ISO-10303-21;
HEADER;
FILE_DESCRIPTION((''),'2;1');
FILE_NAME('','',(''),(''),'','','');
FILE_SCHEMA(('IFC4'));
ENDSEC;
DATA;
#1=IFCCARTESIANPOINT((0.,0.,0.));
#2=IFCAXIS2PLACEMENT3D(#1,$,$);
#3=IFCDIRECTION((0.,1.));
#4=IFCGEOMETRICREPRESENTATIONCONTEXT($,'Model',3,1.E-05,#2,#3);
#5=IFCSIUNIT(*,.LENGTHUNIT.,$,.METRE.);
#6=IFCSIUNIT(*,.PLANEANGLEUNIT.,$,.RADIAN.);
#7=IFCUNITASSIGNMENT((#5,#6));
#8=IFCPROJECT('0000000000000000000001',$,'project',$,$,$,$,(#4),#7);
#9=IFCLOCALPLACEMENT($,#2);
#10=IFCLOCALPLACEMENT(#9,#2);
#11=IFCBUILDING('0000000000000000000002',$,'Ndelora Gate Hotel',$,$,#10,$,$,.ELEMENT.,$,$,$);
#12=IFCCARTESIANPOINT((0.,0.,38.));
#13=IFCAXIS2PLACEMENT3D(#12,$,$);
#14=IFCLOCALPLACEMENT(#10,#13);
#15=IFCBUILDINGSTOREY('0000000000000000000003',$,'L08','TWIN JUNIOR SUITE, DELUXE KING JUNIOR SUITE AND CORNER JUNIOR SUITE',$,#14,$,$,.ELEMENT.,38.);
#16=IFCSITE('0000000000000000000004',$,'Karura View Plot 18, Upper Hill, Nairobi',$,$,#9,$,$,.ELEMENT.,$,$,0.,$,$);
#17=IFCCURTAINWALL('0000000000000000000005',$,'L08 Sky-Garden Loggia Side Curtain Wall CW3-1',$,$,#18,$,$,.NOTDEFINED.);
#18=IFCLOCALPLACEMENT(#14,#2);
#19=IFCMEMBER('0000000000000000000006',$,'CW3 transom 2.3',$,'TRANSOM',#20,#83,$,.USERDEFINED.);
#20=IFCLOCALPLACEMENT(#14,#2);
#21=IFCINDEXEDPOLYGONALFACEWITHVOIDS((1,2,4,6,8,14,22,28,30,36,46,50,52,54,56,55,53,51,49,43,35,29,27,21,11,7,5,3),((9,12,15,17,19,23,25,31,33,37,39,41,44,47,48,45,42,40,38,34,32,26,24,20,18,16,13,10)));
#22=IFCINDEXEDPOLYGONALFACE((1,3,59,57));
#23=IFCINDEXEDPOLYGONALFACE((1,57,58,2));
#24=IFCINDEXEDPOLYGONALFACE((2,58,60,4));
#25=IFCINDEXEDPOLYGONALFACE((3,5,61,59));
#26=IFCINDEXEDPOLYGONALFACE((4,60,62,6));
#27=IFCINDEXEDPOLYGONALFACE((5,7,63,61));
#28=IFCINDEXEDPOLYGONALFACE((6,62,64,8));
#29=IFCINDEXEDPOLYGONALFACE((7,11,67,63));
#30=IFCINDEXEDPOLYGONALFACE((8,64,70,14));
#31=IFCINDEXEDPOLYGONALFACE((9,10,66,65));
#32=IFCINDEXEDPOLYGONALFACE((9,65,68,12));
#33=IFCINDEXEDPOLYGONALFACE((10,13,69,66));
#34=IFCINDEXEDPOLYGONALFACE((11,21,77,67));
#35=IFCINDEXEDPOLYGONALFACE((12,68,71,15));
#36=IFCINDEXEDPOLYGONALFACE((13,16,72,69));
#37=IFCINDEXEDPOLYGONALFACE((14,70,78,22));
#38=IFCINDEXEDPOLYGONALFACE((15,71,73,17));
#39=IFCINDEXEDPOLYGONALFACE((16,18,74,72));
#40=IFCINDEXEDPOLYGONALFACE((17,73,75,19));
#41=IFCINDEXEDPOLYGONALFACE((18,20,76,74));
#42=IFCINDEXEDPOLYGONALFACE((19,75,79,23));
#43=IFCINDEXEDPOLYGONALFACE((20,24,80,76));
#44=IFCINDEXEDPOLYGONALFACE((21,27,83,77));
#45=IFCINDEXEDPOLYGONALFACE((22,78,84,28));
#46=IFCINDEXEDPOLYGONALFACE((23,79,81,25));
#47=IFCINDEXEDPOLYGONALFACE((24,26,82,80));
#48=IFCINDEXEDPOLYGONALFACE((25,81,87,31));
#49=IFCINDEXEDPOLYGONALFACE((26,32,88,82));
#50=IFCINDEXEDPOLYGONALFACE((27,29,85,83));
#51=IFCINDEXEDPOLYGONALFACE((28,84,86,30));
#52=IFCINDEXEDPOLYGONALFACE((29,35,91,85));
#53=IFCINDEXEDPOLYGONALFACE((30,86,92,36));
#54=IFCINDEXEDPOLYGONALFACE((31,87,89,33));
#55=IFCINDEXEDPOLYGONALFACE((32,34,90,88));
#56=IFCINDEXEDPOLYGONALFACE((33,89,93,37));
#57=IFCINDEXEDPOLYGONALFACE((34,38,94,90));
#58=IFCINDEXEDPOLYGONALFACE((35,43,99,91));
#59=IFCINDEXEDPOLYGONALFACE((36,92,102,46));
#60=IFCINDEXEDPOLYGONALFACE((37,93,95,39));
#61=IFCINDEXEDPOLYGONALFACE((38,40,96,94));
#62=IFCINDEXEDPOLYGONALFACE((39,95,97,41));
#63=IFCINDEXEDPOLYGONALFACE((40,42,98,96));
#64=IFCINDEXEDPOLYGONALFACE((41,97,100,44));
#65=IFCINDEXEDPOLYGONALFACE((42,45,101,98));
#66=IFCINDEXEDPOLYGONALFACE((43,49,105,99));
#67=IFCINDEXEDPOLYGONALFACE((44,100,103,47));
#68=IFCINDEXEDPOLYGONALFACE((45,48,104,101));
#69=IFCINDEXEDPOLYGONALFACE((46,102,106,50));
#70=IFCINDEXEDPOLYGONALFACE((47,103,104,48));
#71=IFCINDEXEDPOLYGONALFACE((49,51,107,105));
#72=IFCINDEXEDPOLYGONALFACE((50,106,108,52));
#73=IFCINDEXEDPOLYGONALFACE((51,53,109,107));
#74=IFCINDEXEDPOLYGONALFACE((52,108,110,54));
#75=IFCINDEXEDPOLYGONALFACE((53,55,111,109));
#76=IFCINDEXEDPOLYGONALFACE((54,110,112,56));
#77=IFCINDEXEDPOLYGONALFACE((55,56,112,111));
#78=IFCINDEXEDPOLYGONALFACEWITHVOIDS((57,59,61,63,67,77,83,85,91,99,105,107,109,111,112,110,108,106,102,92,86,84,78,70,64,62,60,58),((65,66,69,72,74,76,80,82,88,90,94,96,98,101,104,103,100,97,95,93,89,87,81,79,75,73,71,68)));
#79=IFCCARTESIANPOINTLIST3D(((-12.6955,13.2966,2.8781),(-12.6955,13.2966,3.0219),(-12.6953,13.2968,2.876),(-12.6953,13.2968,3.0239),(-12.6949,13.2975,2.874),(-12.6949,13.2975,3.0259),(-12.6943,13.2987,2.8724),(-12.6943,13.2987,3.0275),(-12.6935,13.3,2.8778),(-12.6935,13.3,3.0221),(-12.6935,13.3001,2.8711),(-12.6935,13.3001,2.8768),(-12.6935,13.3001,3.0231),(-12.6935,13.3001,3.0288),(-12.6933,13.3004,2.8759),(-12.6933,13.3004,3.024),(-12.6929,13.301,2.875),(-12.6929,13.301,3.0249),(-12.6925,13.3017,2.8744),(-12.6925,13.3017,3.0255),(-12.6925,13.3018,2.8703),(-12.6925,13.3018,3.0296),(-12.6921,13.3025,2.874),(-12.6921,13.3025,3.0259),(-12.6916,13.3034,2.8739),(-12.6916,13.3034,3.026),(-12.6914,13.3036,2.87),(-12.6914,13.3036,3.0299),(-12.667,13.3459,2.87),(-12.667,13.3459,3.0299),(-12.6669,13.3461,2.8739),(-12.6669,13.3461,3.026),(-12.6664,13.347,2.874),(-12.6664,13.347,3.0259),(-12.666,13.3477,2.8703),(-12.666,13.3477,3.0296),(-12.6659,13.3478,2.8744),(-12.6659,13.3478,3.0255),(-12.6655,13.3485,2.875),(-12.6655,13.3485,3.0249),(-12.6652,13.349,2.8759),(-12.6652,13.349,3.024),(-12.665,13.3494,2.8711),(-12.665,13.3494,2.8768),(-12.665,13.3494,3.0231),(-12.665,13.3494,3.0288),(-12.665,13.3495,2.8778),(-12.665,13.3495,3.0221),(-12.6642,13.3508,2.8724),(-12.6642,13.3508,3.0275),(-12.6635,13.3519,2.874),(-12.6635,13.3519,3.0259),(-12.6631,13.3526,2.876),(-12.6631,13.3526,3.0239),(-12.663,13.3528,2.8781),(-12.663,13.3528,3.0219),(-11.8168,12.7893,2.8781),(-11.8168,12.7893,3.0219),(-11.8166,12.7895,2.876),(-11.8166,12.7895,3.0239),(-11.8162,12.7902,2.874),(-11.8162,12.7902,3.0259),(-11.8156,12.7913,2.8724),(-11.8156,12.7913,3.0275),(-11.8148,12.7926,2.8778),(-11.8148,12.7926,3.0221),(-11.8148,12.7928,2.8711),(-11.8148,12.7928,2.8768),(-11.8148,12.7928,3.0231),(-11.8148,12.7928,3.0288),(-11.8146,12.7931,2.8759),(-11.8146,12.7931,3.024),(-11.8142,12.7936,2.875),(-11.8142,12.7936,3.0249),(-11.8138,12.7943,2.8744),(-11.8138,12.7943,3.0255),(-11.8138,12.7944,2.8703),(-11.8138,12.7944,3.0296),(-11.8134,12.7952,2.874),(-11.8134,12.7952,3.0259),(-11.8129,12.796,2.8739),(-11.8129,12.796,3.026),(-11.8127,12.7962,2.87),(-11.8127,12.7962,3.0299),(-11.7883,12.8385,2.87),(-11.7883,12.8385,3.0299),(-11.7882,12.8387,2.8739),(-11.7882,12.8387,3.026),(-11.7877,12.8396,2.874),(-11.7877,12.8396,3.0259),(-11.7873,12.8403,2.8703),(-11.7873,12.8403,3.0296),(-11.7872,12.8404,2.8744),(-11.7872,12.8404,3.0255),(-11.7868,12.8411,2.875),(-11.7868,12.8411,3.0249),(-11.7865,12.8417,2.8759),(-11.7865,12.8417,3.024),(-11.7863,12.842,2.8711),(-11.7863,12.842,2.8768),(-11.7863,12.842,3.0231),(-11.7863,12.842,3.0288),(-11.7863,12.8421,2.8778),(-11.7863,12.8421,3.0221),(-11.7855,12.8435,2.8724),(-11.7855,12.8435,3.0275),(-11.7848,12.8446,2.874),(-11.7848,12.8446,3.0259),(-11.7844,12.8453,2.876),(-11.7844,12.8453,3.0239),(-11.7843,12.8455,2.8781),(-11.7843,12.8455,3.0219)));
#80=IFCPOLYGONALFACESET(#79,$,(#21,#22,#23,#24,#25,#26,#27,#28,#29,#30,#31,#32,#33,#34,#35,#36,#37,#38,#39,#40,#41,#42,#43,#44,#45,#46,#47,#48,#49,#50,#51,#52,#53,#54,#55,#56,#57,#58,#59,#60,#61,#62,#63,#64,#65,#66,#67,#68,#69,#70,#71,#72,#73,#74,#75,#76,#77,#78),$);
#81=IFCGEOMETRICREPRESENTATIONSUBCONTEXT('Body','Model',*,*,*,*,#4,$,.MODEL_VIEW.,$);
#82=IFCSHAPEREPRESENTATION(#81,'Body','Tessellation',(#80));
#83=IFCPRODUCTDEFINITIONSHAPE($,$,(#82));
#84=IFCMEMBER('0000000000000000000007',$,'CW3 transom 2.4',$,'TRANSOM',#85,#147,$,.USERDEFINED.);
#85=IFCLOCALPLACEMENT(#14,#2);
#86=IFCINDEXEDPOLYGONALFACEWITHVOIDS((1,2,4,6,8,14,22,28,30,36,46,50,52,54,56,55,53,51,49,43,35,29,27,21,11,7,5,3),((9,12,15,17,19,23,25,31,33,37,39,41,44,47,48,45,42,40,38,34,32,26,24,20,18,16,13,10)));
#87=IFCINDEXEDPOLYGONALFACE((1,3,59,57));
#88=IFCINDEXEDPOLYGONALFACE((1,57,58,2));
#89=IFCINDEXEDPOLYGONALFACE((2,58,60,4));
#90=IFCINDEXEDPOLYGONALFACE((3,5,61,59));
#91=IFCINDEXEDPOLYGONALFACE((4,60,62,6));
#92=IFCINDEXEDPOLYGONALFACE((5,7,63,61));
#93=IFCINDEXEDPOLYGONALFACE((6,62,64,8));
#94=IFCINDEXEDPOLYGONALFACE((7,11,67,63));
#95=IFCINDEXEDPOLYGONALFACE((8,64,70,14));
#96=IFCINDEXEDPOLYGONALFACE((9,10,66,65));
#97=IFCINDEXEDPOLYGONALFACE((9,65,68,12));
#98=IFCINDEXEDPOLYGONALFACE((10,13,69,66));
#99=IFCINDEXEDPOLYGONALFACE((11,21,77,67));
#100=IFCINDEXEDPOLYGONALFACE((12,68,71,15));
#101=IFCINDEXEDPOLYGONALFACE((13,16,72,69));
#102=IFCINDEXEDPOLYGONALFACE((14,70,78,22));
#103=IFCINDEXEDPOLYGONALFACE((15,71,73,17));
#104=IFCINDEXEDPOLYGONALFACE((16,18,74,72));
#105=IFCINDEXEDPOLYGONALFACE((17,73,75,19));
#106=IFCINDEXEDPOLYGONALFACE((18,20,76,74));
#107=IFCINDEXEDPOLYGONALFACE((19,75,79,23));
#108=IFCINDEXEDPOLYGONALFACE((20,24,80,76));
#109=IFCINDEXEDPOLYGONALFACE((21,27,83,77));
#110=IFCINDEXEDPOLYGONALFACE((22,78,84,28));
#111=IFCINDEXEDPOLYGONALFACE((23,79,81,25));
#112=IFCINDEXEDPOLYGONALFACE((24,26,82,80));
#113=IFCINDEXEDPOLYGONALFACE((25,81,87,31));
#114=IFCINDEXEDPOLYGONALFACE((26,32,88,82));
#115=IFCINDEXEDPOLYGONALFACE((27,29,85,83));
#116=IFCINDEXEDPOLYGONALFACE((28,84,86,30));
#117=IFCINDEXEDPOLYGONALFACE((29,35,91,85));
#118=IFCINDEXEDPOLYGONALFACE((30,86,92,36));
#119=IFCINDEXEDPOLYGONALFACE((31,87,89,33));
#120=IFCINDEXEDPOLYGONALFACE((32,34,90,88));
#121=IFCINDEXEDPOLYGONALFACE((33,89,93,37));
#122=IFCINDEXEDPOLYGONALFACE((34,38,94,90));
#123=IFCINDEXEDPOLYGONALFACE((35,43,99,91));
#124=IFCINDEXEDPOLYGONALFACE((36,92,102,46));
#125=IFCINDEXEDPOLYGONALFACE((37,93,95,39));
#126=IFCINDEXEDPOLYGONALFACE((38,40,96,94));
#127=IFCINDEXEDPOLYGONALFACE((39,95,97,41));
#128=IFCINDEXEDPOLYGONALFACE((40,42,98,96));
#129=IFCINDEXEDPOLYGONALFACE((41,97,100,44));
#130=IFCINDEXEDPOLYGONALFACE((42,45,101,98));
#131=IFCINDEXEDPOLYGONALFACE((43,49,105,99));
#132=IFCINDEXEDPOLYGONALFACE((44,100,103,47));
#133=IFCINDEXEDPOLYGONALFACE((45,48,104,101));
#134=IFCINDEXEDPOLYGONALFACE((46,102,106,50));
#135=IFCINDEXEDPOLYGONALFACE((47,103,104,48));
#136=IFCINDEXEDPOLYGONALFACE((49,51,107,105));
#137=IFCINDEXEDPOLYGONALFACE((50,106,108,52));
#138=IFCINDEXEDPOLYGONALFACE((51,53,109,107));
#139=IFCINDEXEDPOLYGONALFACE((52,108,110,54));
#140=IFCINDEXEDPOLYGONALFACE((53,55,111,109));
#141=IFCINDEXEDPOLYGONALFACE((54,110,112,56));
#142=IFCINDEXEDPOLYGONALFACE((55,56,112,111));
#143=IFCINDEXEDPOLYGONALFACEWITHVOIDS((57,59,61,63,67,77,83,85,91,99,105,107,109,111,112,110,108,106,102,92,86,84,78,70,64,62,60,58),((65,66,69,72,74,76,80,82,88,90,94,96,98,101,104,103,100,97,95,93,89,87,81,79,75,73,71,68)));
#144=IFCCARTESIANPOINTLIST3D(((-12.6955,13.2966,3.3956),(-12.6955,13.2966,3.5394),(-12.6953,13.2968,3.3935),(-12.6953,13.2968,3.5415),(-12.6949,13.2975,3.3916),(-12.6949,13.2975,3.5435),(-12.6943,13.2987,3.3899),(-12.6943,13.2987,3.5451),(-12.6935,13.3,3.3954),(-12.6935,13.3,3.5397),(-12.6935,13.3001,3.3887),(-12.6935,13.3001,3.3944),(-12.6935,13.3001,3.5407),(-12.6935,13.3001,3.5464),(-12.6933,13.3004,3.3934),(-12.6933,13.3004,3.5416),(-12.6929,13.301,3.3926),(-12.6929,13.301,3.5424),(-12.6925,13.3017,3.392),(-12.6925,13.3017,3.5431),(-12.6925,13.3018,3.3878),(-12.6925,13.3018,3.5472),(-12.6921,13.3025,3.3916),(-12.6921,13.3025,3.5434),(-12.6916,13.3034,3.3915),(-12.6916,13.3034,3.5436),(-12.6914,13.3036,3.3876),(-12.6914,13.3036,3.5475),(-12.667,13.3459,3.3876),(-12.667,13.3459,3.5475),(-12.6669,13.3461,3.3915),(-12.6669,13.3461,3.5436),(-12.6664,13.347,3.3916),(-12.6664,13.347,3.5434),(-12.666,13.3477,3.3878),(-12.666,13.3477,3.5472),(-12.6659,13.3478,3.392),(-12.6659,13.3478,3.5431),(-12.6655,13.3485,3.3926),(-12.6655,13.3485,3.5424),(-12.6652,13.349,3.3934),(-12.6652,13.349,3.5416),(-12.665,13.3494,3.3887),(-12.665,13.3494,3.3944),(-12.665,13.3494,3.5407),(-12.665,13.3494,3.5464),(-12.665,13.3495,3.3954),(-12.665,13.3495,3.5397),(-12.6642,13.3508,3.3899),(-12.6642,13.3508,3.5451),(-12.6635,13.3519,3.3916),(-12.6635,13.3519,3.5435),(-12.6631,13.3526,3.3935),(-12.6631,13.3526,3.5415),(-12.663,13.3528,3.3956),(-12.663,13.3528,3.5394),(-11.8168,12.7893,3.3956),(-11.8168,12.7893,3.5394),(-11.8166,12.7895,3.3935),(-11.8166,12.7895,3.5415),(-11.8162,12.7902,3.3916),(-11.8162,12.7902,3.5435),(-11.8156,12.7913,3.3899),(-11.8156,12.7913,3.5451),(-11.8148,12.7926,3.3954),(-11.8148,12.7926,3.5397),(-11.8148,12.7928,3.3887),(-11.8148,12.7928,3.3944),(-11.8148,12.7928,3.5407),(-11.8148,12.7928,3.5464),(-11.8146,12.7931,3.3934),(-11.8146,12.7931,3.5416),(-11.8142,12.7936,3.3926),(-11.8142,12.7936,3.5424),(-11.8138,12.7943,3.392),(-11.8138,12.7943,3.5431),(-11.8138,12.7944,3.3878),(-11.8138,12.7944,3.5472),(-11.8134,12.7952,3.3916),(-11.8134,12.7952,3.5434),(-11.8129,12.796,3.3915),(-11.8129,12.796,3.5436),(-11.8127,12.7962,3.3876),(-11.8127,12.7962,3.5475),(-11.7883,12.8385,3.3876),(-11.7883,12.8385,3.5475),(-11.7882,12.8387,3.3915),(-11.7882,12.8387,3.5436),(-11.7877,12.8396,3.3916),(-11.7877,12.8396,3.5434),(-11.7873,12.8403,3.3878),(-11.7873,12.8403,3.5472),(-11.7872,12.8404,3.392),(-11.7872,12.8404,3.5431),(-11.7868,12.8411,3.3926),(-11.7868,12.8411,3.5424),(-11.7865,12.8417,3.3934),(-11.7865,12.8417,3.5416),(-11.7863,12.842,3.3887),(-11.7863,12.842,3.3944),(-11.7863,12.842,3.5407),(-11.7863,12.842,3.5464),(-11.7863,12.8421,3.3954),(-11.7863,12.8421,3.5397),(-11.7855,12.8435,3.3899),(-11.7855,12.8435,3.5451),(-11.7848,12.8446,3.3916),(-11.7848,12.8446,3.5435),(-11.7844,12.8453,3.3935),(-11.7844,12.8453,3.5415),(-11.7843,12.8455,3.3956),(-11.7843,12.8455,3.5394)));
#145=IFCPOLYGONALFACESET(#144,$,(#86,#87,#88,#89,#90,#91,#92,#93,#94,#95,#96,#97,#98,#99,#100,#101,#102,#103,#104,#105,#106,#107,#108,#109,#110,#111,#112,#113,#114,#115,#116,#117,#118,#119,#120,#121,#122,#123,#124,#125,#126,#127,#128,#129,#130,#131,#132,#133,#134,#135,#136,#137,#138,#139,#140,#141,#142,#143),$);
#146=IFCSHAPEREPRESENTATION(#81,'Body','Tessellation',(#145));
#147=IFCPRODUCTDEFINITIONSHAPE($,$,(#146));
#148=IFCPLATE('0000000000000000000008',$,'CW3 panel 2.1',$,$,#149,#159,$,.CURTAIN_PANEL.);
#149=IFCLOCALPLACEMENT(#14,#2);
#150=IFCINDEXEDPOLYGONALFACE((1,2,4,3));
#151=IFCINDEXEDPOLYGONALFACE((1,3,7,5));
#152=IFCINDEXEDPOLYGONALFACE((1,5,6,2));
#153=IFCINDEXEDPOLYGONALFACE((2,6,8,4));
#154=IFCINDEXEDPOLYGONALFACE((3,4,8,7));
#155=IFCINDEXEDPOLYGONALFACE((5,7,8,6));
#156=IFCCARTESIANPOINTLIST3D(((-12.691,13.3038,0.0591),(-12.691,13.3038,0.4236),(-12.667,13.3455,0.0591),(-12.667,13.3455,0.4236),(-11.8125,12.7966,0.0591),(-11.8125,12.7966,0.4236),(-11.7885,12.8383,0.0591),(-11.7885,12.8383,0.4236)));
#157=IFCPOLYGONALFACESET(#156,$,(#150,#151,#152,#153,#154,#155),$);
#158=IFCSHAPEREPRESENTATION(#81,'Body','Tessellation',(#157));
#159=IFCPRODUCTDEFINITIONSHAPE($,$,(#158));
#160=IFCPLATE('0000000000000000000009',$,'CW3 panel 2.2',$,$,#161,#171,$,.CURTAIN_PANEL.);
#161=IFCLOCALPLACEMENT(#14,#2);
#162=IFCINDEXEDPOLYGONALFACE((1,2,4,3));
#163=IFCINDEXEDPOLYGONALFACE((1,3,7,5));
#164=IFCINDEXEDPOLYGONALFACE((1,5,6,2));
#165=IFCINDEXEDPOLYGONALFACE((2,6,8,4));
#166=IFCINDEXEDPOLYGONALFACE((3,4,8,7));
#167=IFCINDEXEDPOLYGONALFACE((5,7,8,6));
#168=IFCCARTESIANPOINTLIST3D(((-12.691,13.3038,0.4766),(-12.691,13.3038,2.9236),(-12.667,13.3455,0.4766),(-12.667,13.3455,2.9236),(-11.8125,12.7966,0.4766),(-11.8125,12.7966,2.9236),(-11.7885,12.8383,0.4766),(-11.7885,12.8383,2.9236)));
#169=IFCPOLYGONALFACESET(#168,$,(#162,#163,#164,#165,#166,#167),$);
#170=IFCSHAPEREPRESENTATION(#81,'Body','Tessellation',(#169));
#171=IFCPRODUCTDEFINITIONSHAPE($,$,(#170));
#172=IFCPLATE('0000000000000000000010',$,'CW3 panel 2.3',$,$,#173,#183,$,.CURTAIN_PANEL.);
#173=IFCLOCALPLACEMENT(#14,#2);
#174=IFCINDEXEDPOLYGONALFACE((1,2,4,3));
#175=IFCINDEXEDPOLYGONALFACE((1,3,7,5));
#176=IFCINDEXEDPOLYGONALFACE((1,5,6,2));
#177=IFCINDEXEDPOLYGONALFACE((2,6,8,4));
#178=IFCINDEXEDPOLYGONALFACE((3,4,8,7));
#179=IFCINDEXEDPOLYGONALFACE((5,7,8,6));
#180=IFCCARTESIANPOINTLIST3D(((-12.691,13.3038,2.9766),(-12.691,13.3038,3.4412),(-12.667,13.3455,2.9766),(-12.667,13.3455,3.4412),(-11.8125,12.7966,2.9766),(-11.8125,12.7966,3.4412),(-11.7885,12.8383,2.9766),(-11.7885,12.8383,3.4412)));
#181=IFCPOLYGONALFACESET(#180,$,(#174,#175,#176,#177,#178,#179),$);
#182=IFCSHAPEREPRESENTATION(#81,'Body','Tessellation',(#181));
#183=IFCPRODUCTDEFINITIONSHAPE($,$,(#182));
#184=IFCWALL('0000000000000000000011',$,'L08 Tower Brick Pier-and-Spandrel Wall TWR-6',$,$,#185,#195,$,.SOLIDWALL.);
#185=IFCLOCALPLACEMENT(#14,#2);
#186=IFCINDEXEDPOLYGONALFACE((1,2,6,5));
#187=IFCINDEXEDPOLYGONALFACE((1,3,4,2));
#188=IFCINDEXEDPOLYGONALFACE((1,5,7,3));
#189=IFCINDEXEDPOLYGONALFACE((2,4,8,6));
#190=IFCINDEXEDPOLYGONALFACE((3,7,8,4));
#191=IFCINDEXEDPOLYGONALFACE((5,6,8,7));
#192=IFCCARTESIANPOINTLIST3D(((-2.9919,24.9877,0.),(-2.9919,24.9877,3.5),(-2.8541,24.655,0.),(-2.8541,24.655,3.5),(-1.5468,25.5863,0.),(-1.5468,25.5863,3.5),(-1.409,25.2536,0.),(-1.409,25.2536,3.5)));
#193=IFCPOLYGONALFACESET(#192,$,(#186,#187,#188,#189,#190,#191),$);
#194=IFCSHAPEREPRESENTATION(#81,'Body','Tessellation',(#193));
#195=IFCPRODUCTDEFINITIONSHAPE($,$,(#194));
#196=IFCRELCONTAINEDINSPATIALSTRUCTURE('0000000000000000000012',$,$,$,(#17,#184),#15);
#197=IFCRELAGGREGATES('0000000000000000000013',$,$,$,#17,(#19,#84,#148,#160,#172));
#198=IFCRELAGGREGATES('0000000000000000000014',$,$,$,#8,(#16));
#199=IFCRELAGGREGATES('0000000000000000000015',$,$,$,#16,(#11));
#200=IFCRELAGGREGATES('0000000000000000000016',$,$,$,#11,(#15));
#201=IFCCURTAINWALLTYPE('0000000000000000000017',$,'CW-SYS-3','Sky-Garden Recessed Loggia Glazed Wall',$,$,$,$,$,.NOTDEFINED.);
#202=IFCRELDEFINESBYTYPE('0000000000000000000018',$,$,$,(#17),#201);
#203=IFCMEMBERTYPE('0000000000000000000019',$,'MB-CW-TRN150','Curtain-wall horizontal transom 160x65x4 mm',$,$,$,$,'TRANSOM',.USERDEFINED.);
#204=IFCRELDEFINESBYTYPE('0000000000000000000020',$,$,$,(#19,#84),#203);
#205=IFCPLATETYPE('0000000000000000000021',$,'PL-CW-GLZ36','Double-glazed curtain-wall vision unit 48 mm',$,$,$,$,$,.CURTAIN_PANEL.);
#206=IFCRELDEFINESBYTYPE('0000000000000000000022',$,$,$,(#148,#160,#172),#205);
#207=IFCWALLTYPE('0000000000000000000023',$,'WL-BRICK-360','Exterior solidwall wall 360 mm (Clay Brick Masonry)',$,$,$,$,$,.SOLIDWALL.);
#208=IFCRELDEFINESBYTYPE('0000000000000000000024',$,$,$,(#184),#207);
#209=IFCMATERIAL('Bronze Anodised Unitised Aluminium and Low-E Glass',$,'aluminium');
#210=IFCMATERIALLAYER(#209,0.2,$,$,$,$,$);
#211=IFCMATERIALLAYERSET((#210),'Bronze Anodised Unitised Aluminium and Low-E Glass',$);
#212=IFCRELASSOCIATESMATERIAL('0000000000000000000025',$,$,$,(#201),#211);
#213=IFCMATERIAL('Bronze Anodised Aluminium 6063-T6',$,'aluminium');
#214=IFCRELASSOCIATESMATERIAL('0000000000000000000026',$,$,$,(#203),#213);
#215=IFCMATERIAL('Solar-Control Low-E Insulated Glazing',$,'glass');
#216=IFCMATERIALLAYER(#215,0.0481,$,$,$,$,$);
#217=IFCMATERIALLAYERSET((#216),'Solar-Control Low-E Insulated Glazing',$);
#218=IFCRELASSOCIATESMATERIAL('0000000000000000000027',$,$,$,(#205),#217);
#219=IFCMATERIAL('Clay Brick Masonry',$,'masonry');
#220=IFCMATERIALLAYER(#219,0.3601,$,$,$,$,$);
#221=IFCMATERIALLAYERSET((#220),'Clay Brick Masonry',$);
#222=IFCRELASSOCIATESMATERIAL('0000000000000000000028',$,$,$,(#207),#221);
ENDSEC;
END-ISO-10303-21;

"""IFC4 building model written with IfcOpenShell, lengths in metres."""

from ifc_helpers import new_model, si_unit, direction, frame, frame_2d, origin, origin_2d, place, context, subcontext, project, spatial, rectangle, hollow_rectangle, extrude, material, layer, layer_set, material_profile, profile_set, type_object, element, aggregate, save


model = new_model("IFC4")

# Units and contexts
model_context = context("Model", 3, precision=1e-05, world=origin(), true_north=direction((0.0, 1.0)))
body_context = subcontext(model_context, "Body", "Model", "MODEL_VIEW")
ifc_project = project(units=[si_unit("LENGTHUNIT", "METRE"), si_unit("PLANEANGLEUNIT", "RADIAN")], contexts=[model_context])

# Site, building, storey
site_placement = place(None, origin())
site = spatial("IfcSite", under=ifc_project, at=site_placement, Name="Karura View Plot 18, Upper Hill, Nairobi", CompositionType="ELEMENT", RefElevation=0.0)
building_placement = place(site_placement, origin())
building = spatial("IfcBuilding", under=site, at=building_placement, Name="Ndelora Gate Hotel", CompositionType="ELEMENT")
storey_placement = place(building_placement, frame((0.0, 0.0, 38.0)))
storey = spatial("IfcBuildingStorey", under=building, at=storey_placement, Name="L08", Description="TWIN JUNIOR SUITE, DELUXE KING JUNIOR SUITE AND CORNER JUNIOR SUITE", CompositionType="ELEMENT", Elevation=38.0)

# Curtain wall, members, plates
ifc_material_1 = material(Name="Bronze Anodised Unitised Aluminium and Low-E Glass", Category="aluminium")
ifc_layer_1 = layer(ifc_material_1, 0.2)
ifc_layer_set_1 = layer_set([ifc_layer_1], Name="Bronze Anodised Unitised Aluminium and Low-E Glass")
curtain_wall_type = type_object("IfcCurtainWallType", Name="CW-SYS-3", Description="Sky-Garden Recessed Loggia Glazed Wall", PredefinedType="NOTDEFINED", material=ifc_layer_set_1)
curtain_wall_placement = place(storey_placement, origin())
curtain_wall = element("IfcCurtainWall", 1, at=curtain_wall_placement, inside=storey, type_object=curtain_wall_type, Name="L08 Sky-Garden Loggia Side Curtain Wall CW3-1", PredefinedType="NOTDEFINED")
ifc_material_2 = material(Name="Bronze Anodised Aluminium 6063-T6", Category="aluminium")
ifc_material_profile_1 = material_profile(ifc_material_2, hollow_rectangle(XDim=0.0649, YDim=0.1599, WallThickness=0.0039, InnerFilletRadius=0.0039, OuterFilletRadius=0.0081, at=origin_2d()), Name="ALU 160x65x4")
ifc_profile_set_1 = profile_set([ifc_material_profile_1], Name="Bronze Anodised Aluminium 6063-T6")
member_type_1 = type_object("IfcMemberType", Name="MB-CW-TRN150", Description="Curtain-wall horizontal transom 160x65x4 mm", ElementType="TRANSOM", PredefinedType="USERDEFINED", material=ifc_profile_set_1)
member_1_placement = place(storey_placement, frame((-11.8005, 12.8174, 2.95), z_axis=(-0.866013, 0.500021, 0.0), x_axis=(-0.500021, -0.866013, 0.0)))
member_1 = element("IfcMember", 2, at=member_1_placement, type_object=member_type_1, Name="CW3 transom 2.3", ObjectType="TRANSOM", PredefinedType="USERDEFINED", context=body_context, shape_type="SweptSolid", body=[
    extrude(hollow_rectangle(XDim=0.0649, YDim=0.1599, WallThickness=0.0039, InnerFilletRadius=0.0039, OuterFilletRadius=0.0081, at=origin_2d()), origin(), (0.0, 0.0, 1.0), 1.0146),
])
member_2_placement = place(storey_placement, frame((-11.8005, 12.8174, 3.4675), z_axis=(-0.866013, 0.500021, 0.0), x_axis=(-0.500021, -0.866013, 0.0)))
member_2 = element("IfcMember", 3, at=member_2_placement, type_object=member_type_1, Name="CW3 transom 2.4", ObjectType="TRANSOM", PredefinedType="USERDEFINED", context=body_context, shape_type="SweptSolid", body=[
    extrude(hollow_rectangle(XDim=0.0649, YDim=0.1599, WallThickness=0.0039, InnerFilletRadius=0.0039, OuterFilletRadius=0.0081, at=origin_2d()), origin(), (0.0, 0.0, 1.0), 1.0146),
])
ifc_material_3 = material(Name="Solar-Control Low-E Insulated Glazing", Category="glass")
ifc_layer_2 = layer(ifc_material_3, 0.0481)
ifc_layer_set_2 = layer_set([ifc_layer_2], Name="Solar-Control Low-E Insulated Glazing")
plate_type = type_object("IfcPlateType", Name="PL-CW-GLZ36", Description="Double-glazed curtain-wall vision unit 48 mm", PredefinedType="CURTAIN_PANEL", material=ifc_layer_set_2)
plate_1_placement = place(storey_placement, frame((-12.2397, 13.071, 0.0591), z_axis=(0.0, 0.0, 1.0), x_axis=(-0.86603, 0.499991, 0.0)))
plate_1 = element("IfcPlate", 4, at=plate_1_placement, type_object=plate_type, Name="CW3 panel 2.1", PredefinedType="CURTAIN_PANEL", context=body_context, shape_type="SweptSolid", body=[
    extrude(rectangle(XDim=1.0144, YDim=0.0481, at=origin_2d()), origin(), (0.0, 0.0, 1.0), 0.3645),
])
plate_2_placement = place(storey_placement, frame((-12.2397, 13.071, 0.4766), z_axis=(0.0, 0.0, 1.0), x_axis=(-0.86603, 0.499991, 0.0)))
plate_2 = element("IfcPlate", 5, at=plate_2_placement, type_object=plate_type, Name="CW3 panel 2.2", PredefinedType="CURTAIN_PANEL", context=body_context, shape_type="SweptSolid", body=[
    extrude(rectangle(XDim=1.0144, YDim=0.0481, at=origin_2d()), origin(), (0.0, 0.0, 1.0), 2.447),
])
plate_3_placement = place(storey_placement, frame((-12.2397, 13.071, 2.9766), z_axis=(0.0, 0.0, 1.0), x_axis=(-0.86603, 0.499991, 0.0)))
plate_3 = element("IfcPlate", 6, at=plate_3_placement, type_object=plate_type, Name="CW3 panel 2.3", PredefinedType="CURTAIN_PANEL", context=body_context, shape_type="SweptSolid", body=[
    extrude(rectangle(XDim=1.0144, YDim=0.0481, at=origin_2d()), origin(), (0.0, 0.0, 1.0), 0.4646),
])
aggregate(curtain_wall, [member_1, member_2, plate_1, plate_2, plate_3])

# Wall
ifc_material_4 = material(Name="Clay Brick Masonry", Category="masonry")
ifc_layer_3 = layer(ifc_material_4, 0.3601)
ifc_layer_set_3 = layer_set([ifc_layer_3], Name="Clay Brick Masonry")
wall_type = type_object("IfcWallType", Name="WL-BRICK-360", Description="Exterior solidwall wall 360 mm (Clay Brick Masonry)", PredefinedType="SOLIDWALL", material=ifc_layer_set_3)
for number, where, z_axis, x_axis, name in (
    (7, (-2.9231, 24.8213, 0.0), (0.0, 0.0, 1.0), (0.923865, 0.382719, 0.0), "L08 Tower Brick Pier-and-Spandrel Wall TWR-6"),
):
    element("IfcWall", number, at=place(storey_placement, frame(where, z_axis=z_axis, x_axis=x_axis)), inside=storey, type_object=wall_type, Name=name, PredefinedType="SOLIDWALL", context=body_context, shape_type="SweptSolid", body=[
        extrude(rectangle(XDim=1.5642, YDim=0.3601, at=frame_2d((0.7822, 0.0))), origin(), (0.0, 0.0, 1.0), 3.5),
    ])

save(model, "model.ifc")
